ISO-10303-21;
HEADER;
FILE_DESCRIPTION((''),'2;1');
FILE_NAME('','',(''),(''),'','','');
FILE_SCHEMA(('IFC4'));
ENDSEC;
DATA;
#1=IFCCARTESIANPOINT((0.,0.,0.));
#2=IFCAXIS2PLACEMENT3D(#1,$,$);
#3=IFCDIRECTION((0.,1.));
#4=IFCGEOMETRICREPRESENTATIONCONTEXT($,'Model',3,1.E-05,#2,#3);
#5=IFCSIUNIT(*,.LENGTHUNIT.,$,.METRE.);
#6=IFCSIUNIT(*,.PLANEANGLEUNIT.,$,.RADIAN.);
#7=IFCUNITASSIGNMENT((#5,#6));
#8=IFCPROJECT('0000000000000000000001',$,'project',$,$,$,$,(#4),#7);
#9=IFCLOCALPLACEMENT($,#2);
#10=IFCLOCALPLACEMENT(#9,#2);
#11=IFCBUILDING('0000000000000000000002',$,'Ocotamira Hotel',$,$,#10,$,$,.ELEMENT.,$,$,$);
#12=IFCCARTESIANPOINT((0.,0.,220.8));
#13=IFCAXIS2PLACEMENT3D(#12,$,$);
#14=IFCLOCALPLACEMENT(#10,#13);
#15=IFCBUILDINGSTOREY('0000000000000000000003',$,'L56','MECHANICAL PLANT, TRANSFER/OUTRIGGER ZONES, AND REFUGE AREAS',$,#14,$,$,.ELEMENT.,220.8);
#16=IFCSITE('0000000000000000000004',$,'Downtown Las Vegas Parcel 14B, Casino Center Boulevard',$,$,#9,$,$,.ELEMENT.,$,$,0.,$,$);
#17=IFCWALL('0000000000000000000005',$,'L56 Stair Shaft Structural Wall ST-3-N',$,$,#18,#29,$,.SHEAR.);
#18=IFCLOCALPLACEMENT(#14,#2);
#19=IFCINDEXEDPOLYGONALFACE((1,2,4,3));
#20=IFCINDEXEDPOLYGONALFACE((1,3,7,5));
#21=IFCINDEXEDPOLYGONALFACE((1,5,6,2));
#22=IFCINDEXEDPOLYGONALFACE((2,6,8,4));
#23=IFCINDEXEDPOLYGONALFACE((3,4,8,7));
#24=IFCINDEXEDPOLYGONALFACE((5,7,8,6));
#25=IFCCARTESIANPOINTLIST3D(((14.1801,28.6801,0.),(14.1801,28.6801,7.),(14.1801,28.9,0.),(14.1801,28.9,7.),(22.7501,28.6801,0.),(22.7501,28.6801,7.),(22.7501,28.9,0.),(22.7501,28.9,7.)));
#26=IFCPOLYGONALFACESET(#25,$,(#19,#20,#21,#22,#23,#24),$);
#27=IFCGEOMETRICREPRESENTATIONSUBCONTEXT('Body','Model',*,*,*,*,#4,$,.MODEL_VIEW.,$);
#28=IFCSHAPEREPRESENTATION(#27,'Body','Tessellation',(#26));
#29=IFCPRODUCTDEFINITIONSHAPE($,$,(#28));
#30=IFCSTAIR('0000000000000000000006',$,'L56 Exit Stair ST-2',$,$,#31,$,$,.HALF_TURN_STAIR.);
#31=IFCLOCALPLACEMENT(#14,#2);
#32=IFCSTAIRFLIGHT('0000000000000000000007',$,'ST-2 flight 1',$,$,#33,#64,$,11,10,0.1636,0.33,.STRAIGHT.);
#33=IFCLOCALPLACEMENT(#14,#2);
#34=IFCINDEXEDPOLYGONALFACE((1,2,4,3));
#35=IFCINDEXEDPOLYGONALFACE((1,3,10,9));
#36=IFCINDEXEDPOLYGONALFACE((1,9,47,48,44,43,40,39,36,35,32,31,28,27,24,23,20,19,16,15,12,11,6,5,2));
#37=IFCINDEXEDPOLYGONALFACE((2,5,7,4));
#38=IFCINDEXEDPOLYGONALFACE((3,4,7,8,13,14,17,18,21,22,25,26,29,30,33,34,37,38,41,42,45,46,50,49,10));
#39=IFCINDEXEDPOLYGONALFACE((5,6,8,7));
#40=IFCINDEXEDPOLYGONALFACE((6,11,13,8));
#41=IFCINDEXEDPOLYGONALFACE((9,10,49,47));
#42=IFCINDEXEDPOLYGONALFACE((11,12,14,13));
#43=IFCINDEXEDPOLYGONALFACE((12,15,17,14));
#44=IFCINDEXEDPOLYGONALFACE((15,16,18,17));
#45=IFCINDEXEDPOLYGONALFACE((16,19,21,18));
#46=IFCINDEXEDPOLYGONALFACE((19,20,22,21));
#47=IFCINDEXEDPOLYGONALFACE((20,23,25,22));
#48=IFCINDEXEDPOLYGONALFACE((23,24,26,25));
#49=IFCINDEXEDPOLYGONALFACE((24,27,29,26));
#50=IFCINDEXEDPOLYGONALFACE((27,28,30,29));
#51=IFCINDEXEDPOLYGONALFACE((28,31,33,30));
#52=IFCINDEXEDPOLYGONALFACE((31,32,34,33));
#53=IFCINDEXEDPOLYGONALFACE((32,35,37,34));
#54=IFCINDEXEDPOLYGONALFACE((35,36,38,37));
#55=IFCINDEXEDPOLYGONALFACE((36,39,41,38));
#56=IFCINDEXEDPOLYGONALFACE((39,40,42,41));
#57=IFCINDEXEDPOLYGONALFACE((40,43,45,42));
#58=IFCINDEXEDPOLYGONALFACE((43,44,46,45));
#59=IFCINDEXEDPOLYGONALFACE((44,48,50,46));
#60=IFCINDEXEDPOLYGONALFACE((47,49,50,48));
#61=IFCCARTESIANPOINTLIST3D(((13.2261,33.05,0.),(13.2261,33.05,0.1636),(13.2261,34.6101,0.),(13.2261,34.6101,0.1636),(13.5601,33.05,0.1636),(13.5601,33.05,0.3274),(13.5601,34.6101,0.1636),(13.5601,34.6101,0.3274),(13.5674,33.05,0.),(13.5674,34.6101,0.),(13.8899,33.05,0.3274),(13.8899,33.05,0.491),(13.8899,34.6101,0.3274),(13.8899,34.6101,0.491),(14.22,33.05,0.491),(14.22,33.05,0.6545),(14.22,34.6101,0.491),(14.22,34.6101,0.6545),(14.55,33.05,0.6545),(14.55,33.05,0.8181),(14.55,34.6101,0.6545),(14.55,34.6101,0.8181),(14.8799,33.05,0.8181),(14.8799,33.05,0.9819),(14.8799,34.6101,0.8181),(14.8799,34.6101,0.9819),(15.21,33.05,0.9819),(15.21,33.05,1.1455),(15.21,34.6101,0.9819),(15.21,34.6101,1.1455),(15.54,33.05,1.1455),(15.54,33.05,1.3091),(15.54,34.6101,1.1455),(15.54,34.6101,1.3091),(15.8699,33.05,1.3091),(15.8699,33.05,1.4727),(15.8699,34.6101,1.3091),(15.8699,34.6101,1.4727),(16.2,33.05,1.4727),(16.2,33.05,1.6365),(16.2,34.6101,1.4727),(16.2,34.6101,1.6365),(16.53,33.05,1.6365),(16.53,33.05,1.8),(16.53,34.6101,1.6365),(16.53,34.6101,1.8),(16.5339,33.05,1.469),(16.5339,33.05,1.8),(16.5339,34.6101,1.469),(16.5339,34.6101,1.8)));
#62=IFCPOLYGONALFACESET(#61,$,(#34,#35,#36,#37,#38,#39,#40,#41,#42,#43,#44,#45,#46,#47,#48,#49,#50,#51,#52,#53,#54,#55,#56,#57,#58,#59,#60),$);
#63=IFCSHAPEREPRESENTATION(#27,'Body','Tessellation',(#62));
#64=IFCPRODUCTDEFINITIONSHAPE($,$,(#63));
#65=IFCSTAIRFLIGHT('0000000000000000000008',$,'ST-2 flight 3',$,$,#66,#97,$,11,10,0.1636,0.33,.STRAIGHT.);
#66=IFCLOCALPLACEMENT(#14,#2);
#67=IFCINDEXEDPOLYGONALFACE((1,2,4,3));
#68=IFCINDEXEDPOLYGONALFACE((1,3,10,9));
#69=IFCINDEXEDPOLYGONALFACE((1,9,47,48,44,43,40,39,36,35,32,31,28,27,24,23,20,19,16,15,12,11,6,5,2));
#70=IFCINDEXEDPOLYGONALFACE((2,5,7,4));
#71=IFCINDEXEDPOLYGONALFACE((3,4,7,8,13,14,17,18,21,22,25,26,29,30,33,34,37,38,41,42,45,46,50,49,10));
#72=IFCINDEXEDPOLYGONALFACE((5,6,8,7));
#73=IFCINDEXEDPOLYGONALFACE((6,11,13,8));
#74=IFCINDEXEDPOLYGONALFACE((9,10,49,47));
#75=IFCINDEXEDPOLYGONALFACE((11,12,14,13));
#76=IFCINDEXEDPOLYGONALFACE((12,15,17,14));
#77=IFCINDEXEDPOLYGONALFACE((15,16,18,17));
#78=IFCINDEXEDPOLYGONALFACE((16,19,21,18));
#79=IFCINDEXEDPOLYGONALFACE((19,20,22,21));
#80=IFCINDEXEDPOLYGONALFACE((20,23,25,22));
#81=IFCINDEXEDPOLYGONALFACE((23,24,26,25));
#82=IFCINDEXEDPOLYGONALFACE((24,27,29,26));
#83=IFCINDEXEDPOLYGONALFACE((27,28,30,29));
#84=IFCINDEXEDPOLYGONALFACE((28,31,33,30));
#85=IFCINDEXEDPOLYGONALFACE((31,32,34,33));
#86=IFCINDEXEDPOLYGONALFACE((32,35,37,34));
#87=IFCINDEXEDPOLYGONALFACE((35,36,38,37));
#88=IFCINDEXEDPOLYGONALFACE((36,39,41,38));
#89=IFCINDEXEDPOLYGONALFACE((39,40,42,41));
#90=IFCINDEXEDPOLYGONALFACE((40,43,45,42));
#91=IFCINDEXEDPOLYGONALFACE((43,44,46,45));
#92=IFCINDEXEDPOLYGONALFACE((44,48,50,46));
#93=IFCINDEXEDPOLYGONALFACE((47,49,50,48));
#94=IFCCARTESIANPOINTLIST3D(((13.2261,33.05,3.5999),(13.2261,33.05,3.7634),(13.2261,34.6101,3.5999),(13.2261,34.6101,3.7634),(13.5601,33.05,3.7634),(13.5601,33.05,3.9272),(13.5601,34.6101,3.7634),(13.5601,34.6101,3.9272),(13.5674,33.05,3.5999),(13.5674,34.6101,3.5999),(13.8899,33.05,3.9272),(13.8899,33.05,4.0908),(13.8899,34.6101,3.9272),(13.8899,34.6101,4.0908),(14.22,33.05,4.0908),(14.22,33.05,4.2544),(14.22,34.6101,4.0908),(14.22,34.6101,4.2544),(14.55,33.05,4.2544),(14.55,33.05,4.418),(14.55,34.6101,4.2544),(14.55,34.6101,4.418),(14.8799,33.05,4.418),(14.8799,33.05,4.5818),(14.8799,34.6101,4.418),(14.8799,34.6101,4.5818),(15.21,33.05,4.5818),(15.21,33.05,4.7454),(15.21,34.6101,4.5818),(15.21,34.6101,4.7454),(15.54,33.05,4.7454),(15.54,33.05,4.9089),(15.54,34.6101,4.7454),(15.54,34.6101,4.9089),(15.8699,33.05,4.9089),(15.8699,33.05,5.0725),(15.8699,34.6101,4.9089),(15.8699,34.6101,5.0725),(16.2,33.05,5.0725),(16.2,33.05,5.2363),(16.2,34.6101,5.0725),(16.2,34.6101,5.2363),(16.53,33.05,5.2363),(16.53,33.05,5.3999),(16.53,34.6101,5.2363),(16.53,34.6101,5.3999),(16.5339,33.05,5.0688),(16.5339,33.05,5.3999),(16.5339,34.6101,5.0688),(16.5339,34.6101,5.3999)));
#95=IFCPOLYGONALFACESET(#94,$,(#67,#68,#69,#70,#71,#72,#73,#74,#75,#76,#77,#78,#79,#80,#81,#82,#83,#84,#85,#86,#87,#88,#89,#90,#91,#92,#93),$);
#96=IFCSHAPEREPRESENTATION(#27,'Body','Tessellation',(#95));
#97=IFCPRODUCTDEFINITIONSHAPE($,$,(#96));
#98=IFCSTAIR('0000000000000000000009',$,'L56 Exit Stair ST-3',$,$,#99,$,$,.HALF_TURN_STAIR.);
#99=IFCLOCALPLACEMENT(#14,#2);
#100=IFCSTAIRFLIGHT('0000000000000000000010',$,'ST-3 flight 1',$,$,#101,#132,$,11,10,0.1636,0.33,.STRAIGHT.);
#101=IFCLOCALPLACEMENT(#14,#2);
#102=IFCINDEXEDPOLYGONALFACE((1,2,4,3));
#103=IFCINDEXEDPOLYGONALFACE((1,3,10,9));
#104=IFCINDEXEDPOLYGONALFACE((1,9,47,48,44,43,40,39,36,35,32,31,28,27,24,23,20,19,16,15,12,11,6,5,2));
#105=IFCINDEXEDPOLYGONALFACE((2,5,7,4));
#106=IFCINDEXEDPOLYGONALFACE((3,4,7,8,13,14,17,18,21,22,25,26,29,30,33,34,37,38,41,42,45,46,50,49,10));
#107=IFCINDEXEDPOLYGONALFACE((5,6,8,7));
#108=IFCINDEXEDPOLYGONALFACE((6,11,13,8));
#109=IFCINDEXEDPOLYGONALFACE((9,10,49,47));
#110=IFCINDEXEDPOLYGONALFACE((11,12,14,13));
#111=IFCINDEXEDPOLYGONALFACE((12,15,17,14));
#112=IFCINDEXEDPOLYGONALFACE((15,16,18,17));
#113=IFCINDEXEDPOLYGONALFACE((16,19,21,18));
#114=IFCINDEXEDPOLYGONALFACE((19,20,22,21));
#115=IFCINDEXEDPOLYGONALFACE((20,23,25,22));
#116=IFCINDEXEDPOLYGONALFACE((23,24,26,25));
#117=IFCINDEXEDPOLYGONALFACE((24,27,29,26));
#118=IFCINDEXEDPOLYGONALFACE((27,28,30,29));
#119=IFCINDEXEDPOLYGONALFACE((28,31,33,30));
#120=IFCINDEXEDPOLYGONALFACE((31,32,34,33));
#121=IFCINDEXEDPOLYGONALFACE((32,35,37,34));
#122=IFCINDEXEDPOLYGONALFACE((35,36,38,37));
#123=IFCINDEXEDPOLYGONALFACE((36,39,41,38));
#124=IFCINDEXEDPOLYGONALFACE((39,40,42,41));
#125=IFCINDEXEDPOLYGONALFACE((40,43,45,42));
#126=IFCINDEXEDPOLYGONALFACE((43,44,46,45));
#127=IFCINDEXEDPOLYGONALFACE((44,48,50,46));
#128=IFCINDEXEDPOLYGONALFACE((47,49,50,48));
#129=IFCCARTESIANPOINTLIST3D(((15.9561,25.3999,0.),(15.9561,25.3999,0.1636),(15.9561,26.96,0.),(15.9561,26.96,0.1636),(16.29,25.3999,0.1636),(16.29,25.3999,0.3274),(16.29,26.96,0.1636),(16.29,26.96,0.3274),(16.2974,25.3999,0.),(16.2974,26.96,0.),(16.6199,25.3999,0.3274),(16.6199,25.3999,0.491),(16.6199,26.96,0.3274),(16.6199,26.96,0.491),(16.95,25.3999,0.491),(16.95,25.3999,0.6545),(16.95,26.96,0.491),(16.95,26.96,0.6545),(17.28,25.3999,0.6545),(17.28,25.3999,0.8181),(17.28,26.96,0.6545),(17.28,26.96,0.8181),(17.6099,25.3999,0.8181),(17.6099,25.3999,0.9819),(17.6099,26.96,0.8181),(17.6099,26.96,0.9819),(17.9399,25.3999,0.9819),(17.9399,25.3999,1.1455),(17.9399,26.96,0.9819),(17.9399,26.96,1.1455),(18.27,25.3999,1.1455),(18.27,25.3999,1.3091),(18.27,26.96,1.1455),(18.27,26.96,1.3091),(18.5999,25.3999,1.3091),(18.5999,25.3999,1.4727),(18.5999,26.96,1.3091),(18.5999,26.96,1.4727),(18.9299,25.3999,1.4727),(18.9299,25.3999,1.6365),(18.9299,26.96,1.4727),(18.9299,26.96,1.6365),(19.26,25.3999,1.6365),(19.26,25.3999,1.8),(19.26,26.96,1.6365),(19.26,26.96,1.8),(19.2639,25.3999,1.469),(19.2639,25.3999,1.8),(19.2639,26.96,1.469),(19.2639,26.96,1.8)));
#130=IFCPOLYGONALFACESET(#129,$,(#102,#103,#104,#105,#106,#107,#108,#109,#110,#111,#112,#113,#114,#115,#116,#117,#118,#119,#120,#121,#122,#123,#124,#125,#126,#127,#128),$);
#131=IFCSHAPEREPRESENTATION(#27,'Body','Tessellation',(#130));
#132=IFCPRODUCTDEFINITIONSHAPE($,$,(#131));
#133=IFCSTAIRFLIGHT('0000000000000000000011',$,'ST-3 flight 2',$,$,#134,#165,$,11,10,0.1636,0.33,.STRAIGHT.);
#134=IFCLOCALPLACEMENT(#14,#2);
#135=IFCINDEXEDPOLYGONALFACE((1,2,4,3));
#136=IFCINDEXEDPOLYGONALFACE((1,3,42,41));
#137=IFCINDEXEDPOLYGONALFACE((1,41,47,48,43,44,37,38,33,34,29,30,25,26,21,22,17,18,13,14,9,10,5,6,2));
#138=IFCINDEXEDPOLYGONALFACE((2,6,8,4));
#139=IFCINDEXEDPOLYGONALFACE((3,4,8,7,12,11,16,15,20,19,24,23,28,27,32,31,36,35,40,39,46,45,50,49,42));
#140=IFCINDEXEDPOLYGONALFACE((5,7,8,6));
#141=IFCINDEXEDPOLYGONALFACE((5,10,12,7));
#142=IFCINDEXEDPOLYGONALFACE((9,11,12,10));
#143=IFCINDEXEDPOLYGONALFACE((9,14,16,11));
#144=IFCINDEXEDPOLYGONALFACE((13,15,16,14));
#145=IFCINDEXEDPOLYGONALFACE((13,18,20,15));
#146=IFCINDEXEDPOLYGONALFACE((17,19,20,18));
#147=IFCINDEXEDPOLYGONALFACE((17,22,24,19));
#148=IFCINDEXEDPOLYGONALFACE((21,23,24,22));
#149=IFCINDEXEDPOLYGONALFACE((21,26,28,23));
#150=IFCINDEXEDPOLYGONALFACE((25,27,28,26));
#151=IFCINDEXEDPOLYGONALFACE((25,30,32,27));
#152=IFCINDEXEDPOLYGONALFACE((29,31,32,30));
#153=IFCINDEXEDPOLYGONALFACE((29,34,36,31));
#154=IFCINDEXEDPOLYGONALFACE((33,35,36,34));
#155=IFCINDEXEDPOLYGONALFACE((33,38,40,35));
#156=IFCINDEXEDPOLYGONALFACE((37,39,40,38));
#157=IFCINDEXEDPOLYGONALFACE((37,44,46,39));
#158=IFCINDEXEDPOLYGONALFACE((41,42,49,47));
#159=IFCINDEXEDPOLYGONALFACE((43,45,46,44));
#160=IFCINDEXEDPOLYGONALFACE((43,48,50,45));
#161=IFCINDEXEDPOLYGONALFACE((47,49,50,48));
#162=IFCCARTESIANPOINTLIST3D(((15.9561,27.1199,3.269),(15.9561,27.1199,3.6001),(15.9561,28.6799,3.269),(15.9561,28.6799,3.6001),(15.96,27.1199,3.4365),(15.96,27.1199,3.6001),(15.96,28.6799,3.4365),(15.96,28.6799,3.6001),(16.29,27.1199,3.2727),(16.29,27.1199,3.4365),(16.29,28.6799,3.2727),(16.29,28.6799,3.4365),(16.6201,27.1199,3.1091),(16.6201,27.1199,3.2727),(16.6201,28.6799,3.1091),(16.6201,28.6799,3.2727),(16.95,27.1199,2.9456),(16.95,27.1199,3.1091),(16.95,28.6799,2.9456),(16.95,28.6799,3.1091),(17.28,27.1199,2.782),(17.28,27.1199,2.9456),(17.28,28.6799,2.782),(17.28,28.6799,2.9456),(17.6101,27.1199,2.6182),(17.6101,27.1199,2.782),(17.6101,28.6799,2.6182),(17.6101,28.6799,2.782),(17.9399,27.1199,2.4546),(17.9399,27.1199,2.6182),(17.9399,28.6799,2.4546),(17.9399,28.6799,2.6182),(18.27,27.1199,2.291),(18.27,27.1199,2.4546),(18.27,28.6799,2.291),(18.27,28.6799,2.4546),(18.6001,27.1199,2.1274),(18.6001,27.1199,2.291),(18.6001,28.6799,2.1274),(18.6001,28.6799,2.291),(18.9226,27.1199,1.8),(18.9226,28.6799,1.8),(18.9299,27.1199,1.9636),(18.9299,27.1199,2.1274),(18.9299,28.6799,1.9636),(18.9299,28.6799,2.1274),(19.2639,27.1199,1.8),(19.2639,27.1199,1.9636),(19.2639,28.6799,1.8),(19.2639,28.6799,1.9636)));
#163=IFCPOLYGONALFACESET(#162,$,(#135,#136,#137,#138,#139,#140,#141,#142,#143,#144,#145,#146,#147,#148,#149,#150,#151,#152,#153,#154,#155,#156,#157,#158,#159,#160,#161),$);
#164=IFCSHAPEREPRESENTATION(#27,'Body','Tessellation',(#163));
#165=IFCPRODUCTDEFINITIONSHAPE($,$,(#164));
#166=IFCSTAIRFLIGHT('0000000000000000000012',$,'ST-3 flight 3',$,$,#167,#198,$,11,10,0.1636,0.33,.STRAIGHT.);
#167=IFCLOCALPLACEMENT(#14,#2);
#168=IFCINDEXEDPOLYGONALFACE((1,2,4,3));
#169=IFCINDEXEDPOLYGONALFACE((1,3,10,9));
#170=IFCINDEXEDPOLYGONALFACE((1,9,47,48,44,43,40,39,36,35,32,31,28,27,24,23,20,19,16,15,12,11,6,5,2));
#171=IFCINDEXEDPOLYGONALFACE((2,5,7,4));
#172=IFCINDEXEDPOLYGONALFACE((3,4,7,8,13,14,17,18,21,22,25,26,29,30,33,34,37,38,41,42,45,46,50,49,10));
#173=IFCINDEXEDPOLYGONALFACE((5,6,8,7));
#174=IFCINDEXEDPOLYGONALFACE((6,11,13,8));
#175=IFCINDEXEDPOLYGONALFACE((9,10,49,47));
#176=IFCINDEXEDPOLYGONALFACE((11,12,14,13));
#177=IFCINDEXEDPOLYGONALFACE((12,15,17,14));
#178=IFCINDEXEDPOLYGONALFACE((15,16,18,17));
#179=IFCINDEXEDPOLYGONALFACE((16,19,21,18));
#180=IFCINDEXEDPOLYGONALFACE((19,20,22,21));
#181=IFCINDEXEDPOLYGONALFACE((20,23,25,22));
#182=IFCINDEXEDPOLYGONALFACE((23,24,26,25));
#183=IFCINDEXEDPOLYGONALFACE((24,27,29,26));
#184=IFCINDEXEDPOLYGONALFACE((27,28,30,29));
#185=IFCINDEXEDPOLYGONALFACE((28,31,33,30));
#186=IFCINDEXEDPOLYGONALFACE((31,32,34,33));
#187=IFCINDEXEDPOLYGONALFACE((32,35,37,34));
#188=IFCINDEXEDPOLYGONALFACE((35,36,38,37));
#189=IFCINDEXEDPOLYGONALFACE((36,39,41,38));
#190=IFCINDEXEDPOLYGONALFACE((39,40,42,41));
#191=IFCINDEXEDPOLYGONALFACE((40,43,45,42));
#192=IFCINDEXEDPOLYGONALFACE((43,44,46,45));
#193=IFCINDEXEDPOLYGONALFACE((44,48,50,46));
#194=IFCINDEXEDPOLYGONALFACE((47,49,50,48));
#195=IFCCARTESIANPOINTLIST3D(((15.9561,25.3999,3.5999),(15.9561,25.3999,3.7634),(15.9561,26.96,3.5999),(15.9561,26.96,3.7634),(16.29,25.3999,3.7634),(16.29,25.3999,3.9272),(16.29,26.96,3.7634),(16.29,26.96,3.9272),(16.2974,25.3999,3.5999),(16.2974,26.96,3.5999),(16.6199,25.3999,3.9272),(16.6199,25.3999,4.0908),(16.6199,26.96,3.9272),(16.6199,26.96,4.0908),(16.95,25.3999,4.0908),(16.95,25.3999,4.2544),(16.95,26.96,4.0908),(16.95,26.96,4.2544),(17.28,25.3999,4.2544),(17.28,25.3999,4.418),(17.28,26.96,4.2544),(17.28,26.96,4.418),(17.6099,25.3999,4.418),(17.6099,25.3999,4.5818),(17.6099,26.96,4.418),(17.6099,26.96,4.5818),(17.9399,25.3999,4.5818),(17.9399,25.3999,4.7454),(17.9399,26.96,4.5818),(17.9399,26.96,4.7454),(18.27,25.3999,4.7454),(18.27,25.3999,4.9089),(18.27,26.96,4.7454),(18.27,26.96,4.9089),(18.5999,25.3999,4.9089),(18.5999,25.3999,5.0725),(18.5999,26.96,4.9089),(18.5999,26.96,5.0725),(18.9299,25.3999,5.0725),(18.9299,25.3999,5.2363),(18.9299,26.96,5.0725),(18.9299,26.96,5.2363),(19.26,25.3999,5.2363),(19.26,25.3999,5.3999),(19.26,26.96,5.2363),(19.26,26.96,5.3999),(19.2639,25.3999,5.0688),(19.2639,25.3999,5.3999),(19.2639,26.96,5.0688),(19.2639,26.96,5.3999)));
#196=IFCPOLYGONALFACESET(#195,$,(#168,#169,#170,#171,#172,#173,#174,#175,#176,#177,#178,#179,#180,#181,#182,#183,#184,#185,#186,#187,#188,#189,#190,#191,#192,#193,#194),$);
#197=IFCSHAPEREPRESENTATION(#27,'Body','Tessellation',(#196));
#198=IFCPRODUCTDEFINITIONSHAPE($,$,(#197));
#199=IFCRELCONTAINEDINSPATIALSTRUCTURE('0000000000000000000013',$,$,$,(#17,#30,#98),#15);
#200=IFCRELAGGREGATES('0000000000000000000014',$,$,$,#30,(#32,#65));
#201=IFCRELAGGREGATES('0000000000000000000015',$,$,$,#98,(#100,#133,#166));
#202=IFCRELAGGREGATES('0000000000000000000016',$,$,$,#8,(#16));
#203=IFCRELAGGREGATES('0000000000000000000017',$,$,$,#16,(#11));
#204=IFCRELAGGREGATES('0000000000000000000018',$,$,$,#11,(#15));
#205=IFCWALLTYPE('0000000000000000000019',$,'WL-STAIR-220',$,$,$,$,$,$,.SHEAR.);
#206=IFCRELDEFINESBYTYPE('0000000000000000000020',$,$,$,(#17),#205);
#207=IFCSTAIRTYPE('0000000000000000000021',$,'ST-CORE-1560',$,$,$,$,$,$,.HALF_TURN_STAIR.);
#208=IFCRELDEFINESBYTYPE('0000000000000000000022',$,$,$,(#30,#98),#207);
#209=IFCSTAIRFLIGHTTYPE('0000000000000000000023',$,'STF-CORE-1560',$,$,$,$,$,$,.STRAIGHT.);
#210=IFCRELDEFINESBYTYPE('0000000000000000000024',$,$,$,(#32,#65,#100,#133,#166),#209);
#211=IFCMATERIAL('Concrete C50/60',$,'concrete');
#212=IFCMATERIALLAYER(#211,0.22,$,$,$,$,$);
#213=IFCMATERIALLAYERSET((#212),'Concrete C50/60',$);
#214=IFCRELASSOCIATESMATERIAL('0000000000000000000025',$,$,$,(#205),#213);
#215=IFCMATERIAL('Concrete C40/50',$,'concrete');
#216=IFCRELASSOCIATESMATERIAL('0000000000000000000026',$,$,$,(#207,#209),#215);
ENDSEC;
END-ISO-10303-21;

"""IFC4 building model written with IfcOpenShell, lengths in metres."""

from ifc_helpers import new_model, si_unit, direction, frame, frame_2d, origin, place, context, subcontext, project, spatial, polyline, rectangle, outline, extrude, source, transform, mapped, material, layer, layer_set, type_object, element, aggregate, save


model = new_model("IFC4")

# Units and contexts
model_context = context("Model", 3, precision=1e-05, world=origin(), true_north=direction((0.0, 1.0)))
body_context = subcontext(model_context, "Body", "Model", "MODEL_VIEW")
ifc_project = project(units=[si_unit("LENGTHUNIT", "METRE"), si_unit("PLANEANGLEUNIT", "RADIAN")], contexts=[model_context])

# Site, building, storey
site_placement = place(None, origin())
site = spatial("IfcSite", under=ifc_project, at=site_placement, Name="Downtown Las Vegas Parcel 14B, Casino Center Boulevard", CompositionType="ELEMENT", RefElevation=0.0)
building_placement = place(site_placement, origin())
building = spatial("IfcBuilding", under=site, at=building_placement, Name="Ocotamira Hotel", CompositionType="ELEMENT")
storey_placement = place(building_placement, frame((0.0, 0.0, 220.8)))
storey = spatial("IfcBuildingStorey", under=building, at=storey_placement, Name="L56", Description="MECHANICAL PLANT, TRANSFER/OUTRIGGER ZONES, AND REFUGE AREAS", CompositionType="ELEMENT", Elevation=220.8)

# Wall
ifc_material_1 = material(Name="Concrete C50/60", Category="concrete")
ifc_layer_1 = layer(ifc_material_1, 0.22)
ifc_layer_set_1 = layer_set([ifc_layer_1], Name="Concrete C50/60")
wall_type_1 = type_object("IfcWallType", Name="WL-STAIR-220", PredefinedType="SHEAR", material=ifc_layer_set_1)
wall_1_placement = place(storey_placement, frame((14.1799, 28.79, 0.0), z_axis=(0.0, 0.0, 1.0), x_axis=(1.0, 0.0, 0.0)))
element("IfcWall", 1, at=wall_1_placement, inside=storey, type_object=wall_type_1, Name="L56 Stair Shaft Structural Wall ST-3-N", PredefinedType="SHEAR", context=body_context, shape_type="SweptSolid", body=[
    extrude(rectangle(XDim=8.5701, YDim=0.22, at=frame_2d((4.2852, 0.0))), origin(), (0.0, 0.0, 1.0), 7.0),
])

# Stairs, stair flights
ifc_material_2 = material(Name="Concrete C40/50", Category="concrete")
stair_type = type_object("IfcStairType", Name="ST-CORE-1560", PredefinedType="HALF_TURN_STAIR", material=ifc_material_2)
stair_1_placement = place(storey_placement, origin())
stair_1 = element("IfcStair", 2, at=stair_1_placement, inside=storey, type_object=stair_type, Name="L56 Exit Stair ST-2", PredefinedType="HALF_TURN_STAIR")
stair_flight_type = type_object("IfcStairFlightType", Name="STF-CORE-1560", PredefinedType="STRAIGHT", material=ifc_material_2)
shared_shape_1 = source(origin(), body_context, "Body", "SweptSolid", [
    extrude(outline(polyline([(-0.0039, 0.0), (-0.0039, 0.1636), (0.3301, 0.1636), (0.3301, 0.3274), (0.6599, 0.3274), (0.6599, 0.491), (0.99, 0.491), (0.99, 0.6545), (1.3201, 0.6545), (1.3201, 0.8181), (1.6499, 0.8181), (1.6499, 0.9819), (1.98, 0.9819), (1.98, 1.1455), (2.3101, 1.1455), (2.3101, 1.3091), (2.6399, 1.3091), (2.6399, 1.4727), (2.97, 1.4727), (2.97, 1.6365), (3.3, 1.6365), (3.3, 1.8), (3.304, 1.8), (3.304, 1.469), (0.3374, 0.0), (-0.0039, 0.0)])), frame((0.0, 0.78, 0.0), z_axis=(0.0, -1.0, 0.0), x_axis=(1.0, 0.0, 0.0)), (0.0, 0.0, 1.0), 1.5601),
])
stair_flight_1_placement = place(storey_placement, frame((13.23, 33.8301, 0.0), z_axis=(0.0, 0.0, 1.0), x_axis=(1.0, 0.0, 0.0)))
stair_flight_1 = element("IfcStairFlight", 3, at=stair_flight_1_placement, type_object=stair_flight_type, Name="ST-2 flight 1", NumberOfRisers=11, NumberOfTreads=10, PredefinedType="STRAIGHT", RiserHeight=0.1636, TreadLength=0.33, context=body_context, shape_type="MappedRepresentation", body=[
    mapped(shared_shape_1, transform((0.0, 0.0, 0.0), scale=1.0)),
])
stair_flight_2_placement = place(storey_placement, frame((13.23, 33.8301, 3.5999), z_axis=(0.0, 0.0, 1.0), x_axis=(1.0, 0.0, 0.0)))
stair_flight_2 = element("IfcStairFlight", 4, at=stair_flight_2_placement, type_object=stair_flight_type, Name="ST-2 flight 3", NumberOfRisers=11, NumberOfTreads=10, PredefinedType="STRAIGHT", RiserHeight=0.1636, TreadLength=0.33, context=body_context, shape_type="MappedRepresentation", body=[
    mapped(shared_shape_1, transform((0.0, 0.0, 0.0), scale=1.0)),
])
aggregate(stair_1, [stair_flight_1, stair_flight_2])
stair_2_placement = place(storey_placement, origin())
stair_2 = element("IfcStair", 5, at=stair_2_placement, inside=storey, type_object=stair_type, Name="L56 Exit Stair ST-3", PredefinedType="HALF_TURN_STAIR")
stair_flight_3_placement = place(storey_placement, frame((15.96, 26.1799, 0.0), z_axis=(0.0, 0.0, 1.0), x_axis=(1.0, 0.0, 0.0)))
stair_flight_3 = element("IfcStairFlight", 6, at=stair_flight_3_placement, type_object=stair_flight_type, Name="ST-3 flight 1", NumberOfRisers=11, NumberOfTreads=10, PredefinedType="STRAIGHT", RiserHeight=0.1636, TreadLength=0.33, context=body_context, shape_type="MappedRepresentation", body=[
    mapped(shared_shape_1, transform((0.0, 0.0, 0.0), scale=1.0)),
])
stair_flight_4_placement = place(storey_placement, frame((19.26, 27.8999, 1.8), z_axis=(0.0, 0.0, 1.0), x_axis=(-1.0, 0.0, 0.0)))
stair_flight_4 = element("IfcStairFlight", 7, at=stair_flight_4_placement, type_object=stair_flight_type, Name="ST-3 flight 2", NumberOfRisers=11, NumberOfTreads=10, PredefinedType="STRAIGHT", RiserHeight=0.1636, TreadLength=0.33, context=body_context, shape_type="MappedRepresentation", body=[
    mapped(shared_shape_1, transform((0.0, 0.0, 0.0), scale=1.0)),
])
stair_flight_5_placement = place(storey_placement, frame((15.96, 26.1799, 3.5999), z_axis=(0.0, 0.0, 1.0), x_axis=(1.0, 0.0, 0.0)))
stair_flight_5 = element("IfcStairFlight", 8, at=stair_flight_5_placement, type_object=stair_flight_type, Name="ST-3 flight 3", NumberOfRisers=11, NumberOfTreads=10, PredefinedType="STRAIGHT", RiserHeight=0.1636, TreadLength=0.33, context=body_context, shape_type="MappedRepresentation", body=[
    mapped(shared_shape_1, transform((0.0, 0.0, 0.0), scale=1.0)),
])
aggregate(stair_2, [stair_flight_3, stair_flight_4, stair_flight_5])

save(model, "model.ifc")
